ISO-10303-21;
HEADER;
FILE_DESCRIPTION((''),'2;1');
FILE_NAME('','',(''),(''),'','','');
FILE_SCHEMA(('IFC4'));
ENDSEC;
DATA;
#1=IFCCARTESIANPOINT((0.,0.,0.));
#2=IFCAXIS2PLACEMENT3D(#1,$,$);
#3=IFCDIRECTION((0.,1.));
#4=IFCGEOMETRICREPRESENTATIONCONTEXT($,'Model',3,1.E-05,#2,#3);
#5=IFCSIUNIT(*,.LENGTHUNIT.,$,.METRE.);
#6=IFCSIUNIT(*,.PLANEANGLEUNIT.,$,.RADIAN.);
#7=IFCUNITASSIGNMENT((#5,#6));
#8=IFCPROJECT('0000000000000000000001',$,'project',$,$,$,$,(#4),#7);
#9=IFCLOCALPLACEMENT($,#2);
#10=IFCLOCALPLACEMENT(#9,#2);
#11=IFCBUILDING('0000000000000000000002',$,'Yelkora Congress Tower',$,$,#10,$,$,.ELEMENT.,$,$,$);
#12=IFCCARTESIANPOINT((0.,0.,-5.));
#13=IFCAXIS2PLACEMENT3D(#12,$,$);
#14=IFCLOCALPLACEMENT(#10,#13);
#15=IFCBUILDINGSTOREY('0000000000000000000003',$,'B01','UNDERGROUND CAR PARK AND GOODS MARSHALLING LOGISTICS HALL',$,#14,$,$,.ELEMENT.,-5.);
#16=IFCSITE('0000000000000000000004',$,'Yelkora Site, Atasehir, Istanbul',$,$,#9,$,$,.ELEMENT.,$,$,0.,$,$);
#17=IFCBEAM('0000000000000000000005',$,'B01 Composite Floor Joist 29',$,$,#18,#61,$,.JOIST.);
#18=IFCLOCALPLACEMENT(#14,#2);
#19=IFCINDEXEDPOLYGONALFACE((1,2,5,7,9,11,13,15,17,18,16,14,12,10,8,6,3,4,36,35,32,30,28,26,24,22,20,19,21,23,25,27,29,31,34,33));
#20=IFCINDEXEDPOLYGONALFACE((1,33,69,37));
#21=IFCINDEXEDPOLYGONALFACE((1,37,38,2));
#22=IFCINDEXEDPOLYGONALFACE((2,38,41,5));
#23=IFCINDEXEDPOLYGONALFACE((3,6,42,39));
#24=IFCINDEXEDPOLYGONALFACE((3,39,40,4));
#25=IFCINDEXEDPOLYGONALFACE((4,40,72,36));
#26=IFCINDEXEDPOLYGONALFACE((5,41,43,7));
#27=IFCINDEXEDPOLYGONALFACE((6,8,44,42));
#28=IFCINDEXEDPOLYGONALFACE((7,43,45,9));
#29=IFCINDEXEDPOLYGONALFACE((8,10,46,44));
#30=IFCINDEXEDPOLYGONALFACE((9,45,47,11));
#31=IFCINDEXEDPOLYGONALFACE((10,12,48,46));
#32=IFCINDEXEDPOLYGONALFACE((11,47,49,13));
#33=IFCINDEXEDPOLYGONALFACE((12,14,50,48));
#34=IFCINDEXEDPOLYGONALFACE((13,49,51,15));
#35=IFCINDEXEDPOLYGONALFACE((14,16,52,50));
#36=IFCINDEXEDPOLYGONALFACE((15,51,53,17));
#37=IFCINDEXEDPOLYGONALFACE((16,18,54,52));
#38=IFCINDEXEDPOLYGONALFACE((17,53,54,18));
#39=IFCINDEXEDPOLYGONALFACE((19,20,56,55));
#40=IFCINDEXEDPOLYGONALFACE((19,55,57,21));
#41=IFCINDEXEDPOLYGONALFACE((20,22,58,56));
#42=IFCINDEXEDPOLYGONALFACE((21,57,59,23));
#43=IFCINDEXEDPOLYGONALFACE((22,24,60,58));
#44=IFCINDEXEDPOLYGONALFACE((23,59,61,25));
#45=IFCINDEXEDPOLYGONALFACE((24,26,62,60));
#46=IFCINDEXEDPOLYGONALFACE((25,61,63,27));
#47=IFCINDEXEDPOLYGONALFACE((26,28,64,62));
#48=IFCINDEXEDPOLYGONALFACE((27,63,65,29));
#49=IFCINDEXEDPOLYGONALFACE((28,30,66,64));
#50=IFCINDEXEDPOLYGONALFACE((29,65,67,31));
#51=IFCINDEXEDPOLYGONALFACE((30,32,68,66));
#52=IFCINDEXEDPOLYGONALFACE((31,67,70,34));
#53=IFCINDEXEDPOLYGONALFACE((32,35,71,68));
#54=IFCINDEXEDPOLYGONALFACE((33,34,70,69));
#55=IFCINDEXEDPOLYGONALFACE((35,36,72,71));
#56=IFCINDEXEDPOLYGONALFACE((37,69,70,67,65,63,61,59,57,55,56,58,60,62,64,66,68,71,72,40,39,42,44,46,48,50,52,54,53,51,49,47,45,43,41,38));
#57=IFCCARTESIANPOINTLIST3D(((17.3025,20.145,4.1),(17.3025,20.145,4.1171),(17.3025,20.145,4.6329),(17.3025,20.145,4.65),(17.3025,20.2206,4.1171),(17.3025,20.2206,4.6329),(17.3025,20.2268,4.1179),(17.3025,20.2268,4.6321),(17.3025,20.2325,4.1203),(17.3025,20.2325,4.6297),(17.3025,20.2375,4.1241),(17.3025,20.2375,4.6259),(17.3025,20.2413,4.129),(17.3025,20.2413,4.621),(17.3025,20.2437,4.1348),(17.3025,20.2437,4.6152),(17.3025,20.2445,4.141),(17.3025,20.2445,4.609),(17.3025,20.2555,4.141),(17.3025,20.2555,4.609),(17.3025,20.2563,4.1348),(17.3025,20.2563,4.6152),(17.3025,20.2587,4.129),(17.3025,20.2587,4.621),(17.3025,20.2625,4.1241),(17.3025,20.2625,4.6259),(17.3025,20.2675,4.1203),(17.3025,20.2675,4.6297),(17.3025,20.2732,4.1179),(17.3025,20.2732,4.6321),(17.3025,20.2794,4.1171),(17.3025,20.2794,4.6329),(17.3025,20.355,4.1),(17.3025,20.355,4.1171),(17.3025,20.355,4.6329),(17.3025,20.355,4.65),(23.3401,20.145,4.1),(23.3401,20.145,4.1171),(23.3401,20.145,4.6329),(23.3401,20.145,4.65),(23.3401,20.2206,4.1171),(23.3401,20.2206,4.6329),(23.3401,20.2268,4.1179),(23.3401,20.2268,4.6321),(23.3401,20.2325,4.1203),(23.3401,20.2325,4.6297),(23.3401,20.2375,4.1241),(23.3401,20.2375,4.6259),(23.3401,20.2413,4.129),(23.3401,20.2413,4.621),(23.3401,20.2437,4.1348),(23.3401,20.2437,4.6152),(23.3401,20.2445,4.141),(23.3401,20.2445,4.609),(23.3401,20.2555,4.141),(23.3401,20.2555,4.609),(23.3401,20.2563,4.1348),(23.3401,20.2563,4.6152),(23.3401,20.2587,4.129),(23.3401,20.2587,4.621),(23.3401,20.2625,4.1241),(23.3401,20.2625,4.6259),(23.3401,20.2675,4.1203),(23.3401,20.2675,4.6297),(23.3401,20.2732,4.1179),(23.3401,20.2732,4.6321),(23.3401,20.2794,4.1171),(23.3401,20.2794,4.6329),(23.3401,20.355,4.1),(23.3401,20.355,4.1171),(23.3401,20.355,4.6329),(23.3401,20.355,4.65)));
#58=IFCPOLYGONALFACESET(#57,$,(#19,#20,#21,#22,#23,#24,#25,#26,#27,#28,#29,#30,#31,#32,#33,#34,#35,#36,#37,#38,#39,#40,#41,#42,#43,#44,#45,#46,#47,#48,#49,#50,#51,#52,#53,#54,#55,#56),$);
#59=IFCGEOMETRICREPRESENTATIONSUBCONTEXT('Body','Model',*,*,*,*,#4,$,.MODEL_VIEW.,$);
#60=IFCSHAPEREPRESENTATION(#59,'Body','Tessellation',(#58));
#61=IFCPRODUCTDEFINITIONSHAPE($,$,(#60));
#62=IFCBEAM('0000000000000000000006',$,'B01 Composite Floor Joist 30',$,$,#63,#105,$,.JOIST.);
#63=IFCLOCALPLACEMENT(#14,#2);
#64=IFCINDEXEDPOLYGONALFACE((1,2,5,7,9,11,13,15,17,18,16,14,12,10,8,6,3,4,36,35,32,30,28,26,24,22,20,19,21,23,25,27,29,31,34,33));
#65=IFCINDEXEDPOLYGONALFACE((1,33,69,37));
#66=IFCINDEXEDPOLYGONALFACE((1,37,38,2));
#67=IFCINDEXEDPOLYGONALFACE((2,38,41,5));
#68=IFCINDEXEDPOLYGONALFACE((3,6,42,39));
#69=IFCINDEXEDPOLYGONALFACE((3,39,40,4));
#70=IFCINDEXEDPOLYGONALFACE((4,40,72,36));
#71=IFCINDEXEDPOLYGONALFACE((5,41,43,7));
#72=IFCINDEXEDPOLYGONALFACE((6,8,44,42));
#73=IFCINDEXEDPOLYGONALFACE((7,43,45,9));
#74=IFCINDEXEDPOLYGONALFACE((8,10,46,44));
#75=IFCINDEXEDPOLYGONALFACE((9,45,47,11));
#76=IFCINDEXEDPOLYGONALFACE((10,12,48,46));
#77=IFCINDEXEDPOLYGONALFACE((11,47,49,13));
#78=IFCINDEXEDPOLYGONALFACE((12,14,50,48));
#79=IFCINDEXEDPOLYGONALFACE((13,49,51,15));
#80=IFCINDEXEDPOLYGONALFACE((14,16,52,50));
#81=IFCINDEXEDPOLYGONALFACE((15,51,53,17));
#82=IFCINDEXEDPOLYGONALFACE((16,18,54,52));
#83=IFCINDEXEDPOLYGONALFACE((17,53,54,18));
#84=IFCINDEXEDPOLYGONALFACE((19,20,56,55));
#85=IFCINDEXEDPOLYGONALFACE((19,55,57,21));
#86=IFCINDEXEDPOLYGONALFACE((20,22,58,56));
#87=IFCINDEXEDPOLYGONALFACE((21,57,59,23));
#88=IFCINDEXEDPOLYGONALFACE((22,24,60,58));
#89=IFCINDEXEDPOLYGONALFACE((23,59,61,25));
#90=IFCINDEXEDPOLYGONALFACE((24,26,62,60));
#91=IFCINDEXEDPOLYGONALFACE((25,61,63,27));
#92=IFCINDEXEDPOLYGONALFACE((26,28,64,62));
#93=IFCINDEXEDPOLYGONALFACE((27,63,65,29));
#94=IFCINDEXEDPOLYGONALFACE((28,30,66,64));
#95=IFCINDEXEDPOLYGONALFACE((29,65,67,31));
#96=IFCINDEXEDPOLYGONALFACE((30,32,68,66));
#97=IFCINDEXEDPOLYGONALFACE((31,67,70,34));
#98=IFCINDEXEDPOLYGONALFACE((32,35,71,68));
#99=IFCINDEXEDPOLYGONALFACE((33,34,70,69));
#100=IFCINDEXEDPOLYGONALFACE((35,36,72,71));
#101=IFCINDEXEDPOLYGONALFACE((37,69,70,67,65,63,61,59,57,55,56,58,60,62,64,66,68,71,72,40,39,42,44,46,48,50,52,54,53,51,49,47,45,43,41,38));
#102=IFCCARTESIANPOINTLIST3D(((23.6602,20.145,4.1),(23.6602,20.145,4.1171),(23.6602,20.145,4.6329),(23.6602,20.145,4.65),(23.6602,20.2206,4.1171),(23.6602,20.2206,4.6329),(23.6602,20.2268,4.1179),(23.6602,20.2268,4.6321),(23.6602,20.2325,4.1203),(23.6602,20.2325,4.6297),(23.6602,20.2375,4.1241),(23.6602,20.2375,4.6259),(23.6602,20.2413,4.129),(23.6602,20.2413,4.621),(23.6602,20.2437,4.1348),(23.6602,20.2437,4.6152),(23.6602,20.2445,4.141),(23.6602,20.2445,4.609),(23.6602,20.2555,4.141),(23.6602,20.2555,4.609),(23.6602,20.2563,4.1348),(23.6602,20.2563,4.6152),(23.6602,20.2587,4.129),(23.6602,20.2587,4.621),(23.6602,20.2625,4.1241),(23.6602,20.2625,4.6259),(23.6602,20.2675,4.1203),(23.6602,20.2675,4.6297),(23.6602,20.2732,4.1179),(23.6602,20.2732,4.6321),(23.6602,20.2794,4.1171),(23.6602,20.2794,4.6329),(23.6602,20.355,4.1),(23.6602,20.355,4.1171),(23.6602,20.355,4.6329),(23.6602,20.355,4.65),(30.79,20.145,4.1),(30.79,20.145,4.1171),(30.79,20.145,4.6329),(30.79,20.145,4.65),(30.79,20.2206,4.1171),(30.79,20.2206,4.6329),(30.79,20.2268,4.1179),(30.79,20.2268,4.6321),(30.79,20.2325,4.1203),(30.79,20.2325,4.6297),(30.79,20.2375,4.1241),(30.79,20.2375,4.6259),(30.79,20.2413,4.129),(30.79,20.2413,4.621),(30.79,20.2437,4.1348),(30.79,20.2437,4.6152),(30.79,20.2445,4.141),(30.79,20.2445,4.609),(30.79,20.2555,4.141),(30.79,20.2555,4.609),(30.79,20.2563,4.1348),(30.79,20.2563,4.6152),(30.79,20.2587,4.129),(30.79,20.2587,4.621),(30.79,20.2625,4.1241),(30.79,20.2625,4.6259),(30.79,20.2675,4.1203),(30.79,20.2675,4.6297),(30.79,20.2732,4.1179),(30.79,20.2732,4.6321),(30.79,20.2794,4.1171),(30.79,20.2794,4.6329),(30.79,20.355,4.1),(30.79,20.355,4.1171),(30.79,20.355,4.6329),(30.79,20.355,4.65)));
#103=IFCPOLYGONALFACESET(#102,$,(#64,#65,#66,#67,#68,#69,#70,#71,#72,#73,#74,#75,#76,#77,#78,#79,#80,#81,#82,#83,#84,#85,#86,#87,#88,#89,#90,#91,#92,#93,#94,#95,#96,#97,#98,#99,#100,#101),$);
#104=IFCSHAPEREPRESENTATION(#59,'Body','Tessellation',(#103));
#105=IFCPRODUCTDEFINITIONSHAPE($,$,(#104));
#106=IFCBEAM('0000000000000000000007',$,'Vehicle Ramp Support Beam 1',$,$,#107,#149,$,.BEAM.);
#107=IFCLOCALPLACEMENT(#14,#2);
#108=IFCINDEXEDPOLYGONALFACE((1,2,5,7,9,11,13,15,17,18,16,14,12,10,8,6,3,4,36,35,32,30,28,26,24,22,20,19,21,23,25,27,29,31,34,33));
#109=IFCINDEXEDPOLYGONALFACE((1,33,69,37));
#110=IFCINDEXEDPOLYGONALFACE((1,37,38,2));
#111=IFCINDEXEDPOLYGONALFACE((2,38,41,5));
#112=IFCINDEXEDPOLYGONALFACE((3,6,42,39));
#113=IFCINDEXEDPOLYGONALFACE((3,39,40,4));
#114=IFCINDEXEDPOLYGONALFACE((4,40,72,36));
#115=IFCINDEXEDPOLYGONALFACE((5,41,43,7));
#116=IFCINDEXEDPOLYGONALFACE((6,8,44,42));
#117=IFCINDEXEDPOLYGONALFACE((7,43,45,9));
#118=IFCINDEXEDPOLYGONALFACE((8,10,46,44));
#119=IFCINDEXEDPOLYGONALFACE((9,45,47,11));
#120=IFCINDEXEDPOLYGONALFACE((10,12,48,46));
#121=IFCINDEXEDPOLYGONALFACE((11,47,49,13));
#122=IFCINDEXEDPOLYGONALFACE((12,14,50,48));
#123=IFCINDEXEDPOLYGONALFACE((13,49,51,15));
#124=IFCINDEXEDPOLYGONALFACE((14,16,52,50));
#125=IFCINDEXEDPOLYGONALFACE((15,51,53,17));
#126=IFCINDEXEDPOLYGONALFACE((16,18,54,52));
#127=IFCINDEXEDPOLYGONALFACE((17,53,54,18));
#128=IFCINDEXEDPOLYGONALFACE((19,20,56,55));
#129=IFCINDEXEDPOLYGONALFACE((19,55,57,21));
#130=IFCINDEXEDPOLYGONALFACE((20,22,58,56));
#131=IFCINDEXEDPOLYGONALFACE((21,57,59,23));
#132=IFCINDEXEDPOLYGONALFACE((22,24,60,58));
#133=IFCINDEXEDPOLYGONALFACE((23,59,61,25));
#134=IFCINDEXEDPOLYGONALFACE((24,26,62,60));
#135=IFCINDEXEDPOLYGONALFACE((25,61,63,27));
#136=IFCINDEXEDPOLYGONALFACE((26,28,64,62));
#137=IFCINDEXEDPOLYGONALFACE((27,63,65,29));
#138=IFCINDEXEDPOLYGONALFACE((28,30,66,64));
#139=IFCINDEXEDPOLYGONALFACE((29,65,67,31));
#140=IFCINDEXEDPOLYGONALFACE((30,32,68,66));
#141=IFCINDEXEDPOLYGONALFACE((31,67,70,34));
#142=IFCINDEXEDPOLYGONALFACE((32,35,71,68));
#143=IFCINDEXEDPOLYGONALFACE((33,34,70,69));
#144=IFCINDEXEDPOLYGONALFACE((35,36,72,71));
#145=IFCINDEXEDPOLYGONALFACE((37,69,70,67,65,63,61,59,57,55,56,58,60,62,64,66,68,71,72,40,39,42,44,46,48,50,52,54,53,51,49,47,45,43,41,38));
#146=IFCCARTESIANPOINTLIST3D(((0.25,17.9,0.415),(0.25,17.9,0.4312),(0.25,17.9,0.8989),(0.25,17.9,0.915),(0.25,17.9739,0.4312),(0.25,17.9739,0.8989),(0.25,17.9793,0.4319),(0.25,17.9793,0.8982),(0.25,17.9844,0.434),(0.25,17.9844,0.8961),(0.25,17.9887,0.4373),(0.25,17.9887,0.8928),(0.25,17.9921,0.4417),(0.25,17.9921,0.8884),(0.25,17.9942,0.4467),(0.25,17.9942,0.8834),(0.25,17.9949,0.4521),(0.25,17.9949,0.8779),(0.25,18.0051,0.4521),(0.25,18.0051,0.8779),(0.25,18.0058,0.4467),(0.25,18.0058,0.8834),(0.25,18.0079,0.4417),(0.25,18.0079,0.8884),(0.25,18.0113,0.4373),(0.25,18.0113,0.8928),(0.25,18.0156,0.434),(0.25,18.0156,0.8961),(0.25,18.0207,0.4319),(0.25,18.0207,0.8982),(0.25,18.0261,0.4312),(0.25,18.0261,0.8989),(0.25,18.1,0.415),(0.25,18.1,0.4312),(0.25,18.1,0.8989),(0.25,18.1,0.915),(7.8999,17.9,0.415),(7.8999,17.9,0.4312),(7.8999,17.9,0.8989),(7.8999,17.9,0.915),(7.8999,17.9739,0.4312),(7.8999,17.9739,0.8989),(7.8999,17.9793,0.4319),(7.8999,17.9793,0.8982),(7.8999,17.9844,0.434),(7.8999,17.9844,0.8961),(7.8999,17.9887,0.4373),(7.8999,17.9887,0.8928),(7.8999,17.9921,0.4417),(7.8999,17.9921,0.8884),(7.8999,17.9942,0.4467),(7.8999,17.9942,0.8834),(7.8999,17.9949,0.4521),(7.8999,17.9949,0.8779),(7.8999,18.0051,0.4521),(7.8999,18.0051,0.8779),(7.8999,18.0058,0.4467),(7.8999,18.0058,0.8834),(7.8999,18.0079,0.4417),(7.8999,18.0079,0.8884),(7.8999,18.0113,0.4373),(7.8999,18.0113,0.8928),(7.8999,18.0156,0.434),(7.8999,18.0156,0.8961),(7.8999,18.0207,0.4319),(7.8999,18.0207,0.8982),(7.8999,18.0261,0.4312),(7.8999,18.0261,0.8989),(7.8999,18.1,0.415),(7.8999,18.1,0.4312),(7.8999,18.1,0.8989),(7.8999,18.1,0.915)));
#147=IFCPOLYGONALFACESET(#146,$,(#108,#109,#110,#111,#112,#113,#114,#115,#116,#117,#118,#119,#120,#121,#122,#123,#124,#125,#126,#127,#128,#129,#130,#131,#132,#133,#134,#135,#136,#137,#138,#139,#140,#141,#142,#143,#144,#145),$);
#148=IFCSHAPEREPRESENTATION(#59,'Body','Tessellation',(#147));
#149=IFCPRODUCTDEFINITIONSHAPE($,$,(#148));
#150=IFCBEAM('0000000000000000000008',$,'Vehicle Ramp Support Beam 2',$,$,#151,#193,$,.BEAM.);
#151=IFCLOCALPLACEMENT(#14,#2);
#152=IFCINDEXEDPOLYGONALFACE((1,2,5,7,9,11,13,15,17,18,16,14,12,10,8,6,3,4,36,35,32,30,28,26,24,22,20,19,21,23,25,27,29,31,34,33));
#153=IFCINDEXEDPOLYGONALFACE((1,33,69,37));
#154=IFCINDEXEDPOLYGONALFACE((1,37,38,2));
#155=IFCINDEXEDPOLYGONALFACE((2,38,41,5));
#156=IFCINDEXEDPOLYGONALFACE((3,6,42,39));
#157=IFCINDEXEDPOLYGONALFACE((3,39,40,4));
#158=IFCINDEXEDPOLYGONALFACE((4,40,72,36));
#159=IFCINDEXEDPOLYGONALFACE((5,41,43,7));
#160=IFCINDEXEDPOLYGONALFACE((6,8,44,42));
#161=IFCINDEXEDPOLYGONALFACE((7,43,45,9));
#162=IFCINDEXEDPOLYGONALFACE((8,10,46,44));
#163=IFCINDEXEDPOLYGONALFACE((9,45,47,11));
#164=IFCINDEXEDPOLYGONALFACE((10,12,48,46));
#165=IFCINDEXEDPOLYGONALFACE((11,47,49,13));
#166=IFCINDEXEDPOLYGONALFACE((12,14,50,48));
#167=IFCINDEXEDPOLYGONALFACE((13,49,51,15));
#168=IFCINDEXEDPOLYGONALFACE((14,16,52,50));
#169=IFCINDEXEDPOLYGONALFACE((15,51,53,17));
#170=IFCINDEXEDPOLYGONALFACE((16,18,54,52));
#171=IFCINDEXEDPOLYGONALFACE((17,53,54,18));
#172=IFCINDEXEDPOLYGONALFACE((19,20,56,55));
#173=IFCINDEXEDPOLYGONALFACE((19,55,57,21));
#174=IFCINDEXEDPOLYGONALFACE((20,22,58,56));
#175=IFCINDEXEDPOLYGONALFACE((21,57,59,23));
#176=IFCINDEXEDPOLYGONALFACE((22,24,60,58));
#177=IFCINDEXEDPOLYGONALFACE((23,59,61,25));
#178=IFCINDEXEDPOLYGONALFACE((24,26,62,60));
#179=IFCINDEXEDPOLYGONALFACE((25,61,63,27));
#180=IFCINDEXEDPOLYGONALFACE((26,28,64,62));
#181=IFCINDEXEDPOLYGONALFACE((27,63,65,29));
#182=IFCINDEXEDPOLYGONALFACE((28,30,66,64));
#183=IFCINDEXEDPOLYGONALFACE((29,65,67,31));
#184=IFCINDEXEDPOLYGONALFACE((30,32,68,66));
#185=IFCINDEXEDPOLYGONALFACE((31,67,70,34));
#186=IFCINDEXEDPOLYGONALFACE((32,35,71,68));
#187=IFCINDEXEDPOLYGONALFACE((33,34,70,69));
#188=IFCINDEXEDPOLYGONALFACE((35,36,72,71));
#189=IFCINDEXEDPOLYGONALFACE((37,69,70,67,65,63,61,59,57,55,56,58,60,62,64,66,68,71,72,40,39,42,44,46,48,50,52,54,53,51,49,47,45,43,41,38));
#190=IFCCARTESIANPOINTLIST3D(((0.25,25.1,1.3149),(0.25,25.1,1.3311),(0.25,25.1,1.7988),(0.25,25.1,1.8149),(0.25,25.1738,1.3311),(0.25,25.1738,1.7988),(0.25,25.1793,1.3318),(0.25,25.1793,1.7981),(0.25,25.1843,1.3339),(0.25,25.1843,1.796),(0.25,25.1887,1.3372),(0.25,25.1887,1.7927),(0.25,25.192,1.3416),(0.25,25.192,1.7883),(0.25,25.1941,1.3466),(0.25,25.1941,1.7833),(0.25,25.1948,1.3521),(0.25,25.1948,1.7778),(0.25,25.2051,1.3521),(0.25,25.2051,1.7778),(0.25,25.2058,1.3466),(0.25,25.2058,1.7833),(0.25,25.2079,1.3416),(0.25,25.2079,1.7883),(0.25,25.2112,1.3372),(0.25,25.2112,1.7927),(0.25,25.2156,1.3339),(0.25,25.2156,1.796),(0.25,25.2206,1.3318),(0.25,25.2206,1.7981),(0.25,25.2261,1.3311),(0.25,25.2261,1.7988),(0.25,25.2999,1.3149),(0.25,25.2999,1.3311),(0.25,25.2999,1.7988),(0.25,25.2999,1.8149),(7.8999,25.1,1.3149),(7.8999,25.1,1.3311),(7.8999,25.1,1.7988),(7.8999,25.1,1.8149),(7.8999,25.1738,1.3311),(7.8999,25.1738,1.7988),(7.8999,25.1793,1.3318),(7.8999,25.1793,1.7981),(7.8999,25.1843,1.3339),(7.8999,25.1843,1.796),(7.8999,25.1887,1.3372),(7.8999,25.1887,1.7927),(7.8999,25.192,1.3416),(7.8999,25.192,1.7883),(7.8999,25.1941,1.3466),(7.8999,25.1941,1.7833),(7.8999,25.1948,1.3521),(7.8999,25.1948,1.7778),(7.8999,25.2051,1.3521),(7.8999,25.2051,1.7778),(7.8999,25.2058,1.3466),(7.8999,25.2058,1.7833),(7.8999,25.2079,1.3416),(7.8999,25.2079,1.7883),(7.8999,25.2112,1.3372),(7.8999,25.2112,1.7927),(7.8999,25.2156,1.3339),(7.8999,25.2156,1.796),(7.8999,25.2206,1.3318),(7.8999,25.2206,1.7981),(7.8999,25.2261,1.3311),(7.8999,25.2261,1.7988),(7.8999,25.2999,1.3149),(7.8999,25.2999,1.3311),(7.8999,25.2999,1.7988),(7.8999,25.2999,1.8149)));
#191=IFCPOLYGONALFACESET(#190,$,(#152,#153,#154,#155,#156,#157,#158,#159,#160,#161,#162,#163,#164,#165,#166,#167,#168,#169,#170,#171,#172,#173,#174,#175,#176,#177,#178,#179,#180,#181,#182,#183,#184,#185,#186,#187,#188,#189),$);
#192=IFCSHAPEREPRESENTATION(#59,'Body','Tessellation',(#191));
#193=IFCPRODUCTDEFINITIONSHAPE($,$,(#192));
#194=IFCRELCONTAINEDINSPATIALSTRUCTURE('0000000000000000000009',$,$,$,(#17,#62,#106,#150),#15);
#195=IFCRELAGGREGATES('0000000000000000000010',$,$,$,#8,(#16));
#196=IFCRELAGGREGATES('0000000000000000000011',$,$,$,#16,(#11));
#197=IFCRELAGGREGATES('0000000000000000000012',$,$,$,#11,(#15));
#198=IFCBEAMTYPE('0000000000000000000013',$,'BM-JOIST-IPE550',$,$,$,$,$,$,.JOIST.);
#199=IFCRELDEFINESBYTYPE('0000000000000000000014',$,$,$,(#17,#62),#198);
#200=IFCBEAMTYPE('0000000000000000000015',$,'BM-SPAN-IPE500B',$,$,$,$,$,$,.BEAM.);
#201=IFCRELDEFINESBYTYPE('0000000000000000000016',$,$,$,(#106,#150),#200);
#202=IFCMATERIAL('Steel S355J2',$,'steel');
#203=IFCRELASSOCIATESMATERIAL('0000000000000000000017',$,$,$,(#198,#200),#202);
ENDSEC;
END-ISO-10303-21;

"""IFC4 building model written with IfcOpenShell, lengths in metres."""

from ifc_helpers import new_model, si_unit, direction, frame, origin, origin_2d, place, context, subcontext, project, spatial, i_section, extrude, material, material_profile, profile_set, type_object, element, save


model = new_model("IFC4")

# Units and contexts
model_context = context("Model", 3, precision=1e-05, world=origin(), true_north=direction((0.0, 1.0)))
body_context = subcontext(model_context, "Body", "Model", "MODEL_VIEW")
ifc_project = project(units=[si_unit("LENGTHUNIT", "METRE"), si_unit("PLANEANGLEUNIT", "RADIAN")], contexts=[model_context])

# Site, building, storey
site_placement = place(None, origin())
site = spatial("IfcSite", under=ifc_project, at=site_placement, Name="Yelkora Site, Atasehir, Istanbul", CompositionType="ELEMENT", RefElevation=0.0)
building_placement = place(site_placement, origin())
building = spatial("IfcBuilding", under=site, at=building_placement, Name="Yelkora Congress Tower", CompositionType="ELEMENT")
storey_placement = place(building_placement, frame((0.0, 0.0, -5.0)))
storey = spatial("IfcBuildingStorey", under=building, at=storey_placement, Name="B01", Description="UNDERGROUND CAR PARK AND GOODS MARSHALLING LOGISTICS HALL", CompositionType="ELEMENT", Elevation=-5.0)

# Beams
ifc_material_1 = material(Name="Steel S355J2", Category="steel")
ifc_material_profile_1 = material_profile(ifc_material_1, i_section(OverallWidth=0.21, OverallDepth=0.55, WebThickness=0.011, FlangeThickness=0.0171, FilletRadius=0.0239, at=origin_2d()), Name="IPE 550")
ifc_profile_set_1 = profile_set([ifc_material_profile_1], Name="Steel S355J2")
beam_type_1 = type_object("IfcBeamType", Name="BM-JOIST-IPE550", PredefinedType="JOIST", material=ifc_profile_set_1)
beam_1_placement = place(storey_placement, frame((17.3025, 20.25, 4.375), z_axis=(1.0, 0.0, 0.0), x_axis=(0.0, 1.0, 0.0)))
element("IfcBeam", 1, at=beam_1_placement, inside=storey, type_object=beam_type_1, Name="B01 Composite Floor Joist 29", PredefinedType="JOIST", context=body_context, shape_type="SweptSolid", body=[
    extrude(i_section(OverallWidth=0.21, OverallDepth=0.55, WebThickness=0.011, FlangeThickness=0.0171, FilletRadius=0.0239, at=origin_2d()), origin(), (0.0, 0.0, 1.0), 6.0376),
])
beam_2_placement = place(storey_placement, frame((23.6602, 20.25, 4.375), z_axis=(1.0, 0.0, 0.0), x_axis=(0.0, 1.0, 0.0)))
element("IfcBeam", 2, at=beam_2_placement, inside=storey, type_object=beam_type_1, Name="B01 Composite Floor Joist 30", PredefinedType="JOIST", context=body_context, shape_type="SweptSolid", body=[
    extrude(i_section(OverallWidth=0.21, OverallDepth=0.55, WebThickness=0.011, FlangeThickness=0.0171, FilletRadius=0.0239, at=origin_2d()), origin(), (0.0, 0.0, 1.0), 7.1299),
])
ifc_material_profile_2 = material_profile(ifc_material_1, i_section(OverallWidth=0.2, OverallDepth=0.5, WebThickness=0.0103, FlangeThickness=0.0161, FilletRadius=0.021, at=origin_2d()), Name="IPE 500")
ifc_profile_set_2 = profile_set([ifc_material_profile_2], Name="Steel S355J2")
beam_type_2 = type_object("IfcBeamType", Name="BM-SPAN-IPE500B", PredefinedType="BEAM", material=ifc_profile_set_2)
for number, where, z_axis, x_axis, name in (
    (3, (0.25, 18.0, 0.665), (1.0, 0.0, 0.0), (0.0, 1.0, 0.0), "Vehicle Ramp Support Beam 1"),
    (4, (0.25, 25.2, 1.5649), (1.0, 0.0, 0.0), (0.0, 1.0, 0.0), "Vehicle Ramp Support Beam 2"),
):
    element("IfcBeam", number, at=place(storey_placement, frame(where, z_axis=z_axis, x_axis=x_axis)), inside=storey, type_object=beam_type_2, Name=name, PredefinedType="BEAM", context=body_context, shape_type="SweptSolid", body=[
        extrude(i_section(OverallWidth=0.2, OverallDepth=0.5, WebThickness=0.0103, FlangeThickness=0.0161, FilletRadius=0.021, at=origin_2d()), origin(), (0.0, 0.0, 1.0), 7.6499),
    ])

save(model, "model.ifc")
